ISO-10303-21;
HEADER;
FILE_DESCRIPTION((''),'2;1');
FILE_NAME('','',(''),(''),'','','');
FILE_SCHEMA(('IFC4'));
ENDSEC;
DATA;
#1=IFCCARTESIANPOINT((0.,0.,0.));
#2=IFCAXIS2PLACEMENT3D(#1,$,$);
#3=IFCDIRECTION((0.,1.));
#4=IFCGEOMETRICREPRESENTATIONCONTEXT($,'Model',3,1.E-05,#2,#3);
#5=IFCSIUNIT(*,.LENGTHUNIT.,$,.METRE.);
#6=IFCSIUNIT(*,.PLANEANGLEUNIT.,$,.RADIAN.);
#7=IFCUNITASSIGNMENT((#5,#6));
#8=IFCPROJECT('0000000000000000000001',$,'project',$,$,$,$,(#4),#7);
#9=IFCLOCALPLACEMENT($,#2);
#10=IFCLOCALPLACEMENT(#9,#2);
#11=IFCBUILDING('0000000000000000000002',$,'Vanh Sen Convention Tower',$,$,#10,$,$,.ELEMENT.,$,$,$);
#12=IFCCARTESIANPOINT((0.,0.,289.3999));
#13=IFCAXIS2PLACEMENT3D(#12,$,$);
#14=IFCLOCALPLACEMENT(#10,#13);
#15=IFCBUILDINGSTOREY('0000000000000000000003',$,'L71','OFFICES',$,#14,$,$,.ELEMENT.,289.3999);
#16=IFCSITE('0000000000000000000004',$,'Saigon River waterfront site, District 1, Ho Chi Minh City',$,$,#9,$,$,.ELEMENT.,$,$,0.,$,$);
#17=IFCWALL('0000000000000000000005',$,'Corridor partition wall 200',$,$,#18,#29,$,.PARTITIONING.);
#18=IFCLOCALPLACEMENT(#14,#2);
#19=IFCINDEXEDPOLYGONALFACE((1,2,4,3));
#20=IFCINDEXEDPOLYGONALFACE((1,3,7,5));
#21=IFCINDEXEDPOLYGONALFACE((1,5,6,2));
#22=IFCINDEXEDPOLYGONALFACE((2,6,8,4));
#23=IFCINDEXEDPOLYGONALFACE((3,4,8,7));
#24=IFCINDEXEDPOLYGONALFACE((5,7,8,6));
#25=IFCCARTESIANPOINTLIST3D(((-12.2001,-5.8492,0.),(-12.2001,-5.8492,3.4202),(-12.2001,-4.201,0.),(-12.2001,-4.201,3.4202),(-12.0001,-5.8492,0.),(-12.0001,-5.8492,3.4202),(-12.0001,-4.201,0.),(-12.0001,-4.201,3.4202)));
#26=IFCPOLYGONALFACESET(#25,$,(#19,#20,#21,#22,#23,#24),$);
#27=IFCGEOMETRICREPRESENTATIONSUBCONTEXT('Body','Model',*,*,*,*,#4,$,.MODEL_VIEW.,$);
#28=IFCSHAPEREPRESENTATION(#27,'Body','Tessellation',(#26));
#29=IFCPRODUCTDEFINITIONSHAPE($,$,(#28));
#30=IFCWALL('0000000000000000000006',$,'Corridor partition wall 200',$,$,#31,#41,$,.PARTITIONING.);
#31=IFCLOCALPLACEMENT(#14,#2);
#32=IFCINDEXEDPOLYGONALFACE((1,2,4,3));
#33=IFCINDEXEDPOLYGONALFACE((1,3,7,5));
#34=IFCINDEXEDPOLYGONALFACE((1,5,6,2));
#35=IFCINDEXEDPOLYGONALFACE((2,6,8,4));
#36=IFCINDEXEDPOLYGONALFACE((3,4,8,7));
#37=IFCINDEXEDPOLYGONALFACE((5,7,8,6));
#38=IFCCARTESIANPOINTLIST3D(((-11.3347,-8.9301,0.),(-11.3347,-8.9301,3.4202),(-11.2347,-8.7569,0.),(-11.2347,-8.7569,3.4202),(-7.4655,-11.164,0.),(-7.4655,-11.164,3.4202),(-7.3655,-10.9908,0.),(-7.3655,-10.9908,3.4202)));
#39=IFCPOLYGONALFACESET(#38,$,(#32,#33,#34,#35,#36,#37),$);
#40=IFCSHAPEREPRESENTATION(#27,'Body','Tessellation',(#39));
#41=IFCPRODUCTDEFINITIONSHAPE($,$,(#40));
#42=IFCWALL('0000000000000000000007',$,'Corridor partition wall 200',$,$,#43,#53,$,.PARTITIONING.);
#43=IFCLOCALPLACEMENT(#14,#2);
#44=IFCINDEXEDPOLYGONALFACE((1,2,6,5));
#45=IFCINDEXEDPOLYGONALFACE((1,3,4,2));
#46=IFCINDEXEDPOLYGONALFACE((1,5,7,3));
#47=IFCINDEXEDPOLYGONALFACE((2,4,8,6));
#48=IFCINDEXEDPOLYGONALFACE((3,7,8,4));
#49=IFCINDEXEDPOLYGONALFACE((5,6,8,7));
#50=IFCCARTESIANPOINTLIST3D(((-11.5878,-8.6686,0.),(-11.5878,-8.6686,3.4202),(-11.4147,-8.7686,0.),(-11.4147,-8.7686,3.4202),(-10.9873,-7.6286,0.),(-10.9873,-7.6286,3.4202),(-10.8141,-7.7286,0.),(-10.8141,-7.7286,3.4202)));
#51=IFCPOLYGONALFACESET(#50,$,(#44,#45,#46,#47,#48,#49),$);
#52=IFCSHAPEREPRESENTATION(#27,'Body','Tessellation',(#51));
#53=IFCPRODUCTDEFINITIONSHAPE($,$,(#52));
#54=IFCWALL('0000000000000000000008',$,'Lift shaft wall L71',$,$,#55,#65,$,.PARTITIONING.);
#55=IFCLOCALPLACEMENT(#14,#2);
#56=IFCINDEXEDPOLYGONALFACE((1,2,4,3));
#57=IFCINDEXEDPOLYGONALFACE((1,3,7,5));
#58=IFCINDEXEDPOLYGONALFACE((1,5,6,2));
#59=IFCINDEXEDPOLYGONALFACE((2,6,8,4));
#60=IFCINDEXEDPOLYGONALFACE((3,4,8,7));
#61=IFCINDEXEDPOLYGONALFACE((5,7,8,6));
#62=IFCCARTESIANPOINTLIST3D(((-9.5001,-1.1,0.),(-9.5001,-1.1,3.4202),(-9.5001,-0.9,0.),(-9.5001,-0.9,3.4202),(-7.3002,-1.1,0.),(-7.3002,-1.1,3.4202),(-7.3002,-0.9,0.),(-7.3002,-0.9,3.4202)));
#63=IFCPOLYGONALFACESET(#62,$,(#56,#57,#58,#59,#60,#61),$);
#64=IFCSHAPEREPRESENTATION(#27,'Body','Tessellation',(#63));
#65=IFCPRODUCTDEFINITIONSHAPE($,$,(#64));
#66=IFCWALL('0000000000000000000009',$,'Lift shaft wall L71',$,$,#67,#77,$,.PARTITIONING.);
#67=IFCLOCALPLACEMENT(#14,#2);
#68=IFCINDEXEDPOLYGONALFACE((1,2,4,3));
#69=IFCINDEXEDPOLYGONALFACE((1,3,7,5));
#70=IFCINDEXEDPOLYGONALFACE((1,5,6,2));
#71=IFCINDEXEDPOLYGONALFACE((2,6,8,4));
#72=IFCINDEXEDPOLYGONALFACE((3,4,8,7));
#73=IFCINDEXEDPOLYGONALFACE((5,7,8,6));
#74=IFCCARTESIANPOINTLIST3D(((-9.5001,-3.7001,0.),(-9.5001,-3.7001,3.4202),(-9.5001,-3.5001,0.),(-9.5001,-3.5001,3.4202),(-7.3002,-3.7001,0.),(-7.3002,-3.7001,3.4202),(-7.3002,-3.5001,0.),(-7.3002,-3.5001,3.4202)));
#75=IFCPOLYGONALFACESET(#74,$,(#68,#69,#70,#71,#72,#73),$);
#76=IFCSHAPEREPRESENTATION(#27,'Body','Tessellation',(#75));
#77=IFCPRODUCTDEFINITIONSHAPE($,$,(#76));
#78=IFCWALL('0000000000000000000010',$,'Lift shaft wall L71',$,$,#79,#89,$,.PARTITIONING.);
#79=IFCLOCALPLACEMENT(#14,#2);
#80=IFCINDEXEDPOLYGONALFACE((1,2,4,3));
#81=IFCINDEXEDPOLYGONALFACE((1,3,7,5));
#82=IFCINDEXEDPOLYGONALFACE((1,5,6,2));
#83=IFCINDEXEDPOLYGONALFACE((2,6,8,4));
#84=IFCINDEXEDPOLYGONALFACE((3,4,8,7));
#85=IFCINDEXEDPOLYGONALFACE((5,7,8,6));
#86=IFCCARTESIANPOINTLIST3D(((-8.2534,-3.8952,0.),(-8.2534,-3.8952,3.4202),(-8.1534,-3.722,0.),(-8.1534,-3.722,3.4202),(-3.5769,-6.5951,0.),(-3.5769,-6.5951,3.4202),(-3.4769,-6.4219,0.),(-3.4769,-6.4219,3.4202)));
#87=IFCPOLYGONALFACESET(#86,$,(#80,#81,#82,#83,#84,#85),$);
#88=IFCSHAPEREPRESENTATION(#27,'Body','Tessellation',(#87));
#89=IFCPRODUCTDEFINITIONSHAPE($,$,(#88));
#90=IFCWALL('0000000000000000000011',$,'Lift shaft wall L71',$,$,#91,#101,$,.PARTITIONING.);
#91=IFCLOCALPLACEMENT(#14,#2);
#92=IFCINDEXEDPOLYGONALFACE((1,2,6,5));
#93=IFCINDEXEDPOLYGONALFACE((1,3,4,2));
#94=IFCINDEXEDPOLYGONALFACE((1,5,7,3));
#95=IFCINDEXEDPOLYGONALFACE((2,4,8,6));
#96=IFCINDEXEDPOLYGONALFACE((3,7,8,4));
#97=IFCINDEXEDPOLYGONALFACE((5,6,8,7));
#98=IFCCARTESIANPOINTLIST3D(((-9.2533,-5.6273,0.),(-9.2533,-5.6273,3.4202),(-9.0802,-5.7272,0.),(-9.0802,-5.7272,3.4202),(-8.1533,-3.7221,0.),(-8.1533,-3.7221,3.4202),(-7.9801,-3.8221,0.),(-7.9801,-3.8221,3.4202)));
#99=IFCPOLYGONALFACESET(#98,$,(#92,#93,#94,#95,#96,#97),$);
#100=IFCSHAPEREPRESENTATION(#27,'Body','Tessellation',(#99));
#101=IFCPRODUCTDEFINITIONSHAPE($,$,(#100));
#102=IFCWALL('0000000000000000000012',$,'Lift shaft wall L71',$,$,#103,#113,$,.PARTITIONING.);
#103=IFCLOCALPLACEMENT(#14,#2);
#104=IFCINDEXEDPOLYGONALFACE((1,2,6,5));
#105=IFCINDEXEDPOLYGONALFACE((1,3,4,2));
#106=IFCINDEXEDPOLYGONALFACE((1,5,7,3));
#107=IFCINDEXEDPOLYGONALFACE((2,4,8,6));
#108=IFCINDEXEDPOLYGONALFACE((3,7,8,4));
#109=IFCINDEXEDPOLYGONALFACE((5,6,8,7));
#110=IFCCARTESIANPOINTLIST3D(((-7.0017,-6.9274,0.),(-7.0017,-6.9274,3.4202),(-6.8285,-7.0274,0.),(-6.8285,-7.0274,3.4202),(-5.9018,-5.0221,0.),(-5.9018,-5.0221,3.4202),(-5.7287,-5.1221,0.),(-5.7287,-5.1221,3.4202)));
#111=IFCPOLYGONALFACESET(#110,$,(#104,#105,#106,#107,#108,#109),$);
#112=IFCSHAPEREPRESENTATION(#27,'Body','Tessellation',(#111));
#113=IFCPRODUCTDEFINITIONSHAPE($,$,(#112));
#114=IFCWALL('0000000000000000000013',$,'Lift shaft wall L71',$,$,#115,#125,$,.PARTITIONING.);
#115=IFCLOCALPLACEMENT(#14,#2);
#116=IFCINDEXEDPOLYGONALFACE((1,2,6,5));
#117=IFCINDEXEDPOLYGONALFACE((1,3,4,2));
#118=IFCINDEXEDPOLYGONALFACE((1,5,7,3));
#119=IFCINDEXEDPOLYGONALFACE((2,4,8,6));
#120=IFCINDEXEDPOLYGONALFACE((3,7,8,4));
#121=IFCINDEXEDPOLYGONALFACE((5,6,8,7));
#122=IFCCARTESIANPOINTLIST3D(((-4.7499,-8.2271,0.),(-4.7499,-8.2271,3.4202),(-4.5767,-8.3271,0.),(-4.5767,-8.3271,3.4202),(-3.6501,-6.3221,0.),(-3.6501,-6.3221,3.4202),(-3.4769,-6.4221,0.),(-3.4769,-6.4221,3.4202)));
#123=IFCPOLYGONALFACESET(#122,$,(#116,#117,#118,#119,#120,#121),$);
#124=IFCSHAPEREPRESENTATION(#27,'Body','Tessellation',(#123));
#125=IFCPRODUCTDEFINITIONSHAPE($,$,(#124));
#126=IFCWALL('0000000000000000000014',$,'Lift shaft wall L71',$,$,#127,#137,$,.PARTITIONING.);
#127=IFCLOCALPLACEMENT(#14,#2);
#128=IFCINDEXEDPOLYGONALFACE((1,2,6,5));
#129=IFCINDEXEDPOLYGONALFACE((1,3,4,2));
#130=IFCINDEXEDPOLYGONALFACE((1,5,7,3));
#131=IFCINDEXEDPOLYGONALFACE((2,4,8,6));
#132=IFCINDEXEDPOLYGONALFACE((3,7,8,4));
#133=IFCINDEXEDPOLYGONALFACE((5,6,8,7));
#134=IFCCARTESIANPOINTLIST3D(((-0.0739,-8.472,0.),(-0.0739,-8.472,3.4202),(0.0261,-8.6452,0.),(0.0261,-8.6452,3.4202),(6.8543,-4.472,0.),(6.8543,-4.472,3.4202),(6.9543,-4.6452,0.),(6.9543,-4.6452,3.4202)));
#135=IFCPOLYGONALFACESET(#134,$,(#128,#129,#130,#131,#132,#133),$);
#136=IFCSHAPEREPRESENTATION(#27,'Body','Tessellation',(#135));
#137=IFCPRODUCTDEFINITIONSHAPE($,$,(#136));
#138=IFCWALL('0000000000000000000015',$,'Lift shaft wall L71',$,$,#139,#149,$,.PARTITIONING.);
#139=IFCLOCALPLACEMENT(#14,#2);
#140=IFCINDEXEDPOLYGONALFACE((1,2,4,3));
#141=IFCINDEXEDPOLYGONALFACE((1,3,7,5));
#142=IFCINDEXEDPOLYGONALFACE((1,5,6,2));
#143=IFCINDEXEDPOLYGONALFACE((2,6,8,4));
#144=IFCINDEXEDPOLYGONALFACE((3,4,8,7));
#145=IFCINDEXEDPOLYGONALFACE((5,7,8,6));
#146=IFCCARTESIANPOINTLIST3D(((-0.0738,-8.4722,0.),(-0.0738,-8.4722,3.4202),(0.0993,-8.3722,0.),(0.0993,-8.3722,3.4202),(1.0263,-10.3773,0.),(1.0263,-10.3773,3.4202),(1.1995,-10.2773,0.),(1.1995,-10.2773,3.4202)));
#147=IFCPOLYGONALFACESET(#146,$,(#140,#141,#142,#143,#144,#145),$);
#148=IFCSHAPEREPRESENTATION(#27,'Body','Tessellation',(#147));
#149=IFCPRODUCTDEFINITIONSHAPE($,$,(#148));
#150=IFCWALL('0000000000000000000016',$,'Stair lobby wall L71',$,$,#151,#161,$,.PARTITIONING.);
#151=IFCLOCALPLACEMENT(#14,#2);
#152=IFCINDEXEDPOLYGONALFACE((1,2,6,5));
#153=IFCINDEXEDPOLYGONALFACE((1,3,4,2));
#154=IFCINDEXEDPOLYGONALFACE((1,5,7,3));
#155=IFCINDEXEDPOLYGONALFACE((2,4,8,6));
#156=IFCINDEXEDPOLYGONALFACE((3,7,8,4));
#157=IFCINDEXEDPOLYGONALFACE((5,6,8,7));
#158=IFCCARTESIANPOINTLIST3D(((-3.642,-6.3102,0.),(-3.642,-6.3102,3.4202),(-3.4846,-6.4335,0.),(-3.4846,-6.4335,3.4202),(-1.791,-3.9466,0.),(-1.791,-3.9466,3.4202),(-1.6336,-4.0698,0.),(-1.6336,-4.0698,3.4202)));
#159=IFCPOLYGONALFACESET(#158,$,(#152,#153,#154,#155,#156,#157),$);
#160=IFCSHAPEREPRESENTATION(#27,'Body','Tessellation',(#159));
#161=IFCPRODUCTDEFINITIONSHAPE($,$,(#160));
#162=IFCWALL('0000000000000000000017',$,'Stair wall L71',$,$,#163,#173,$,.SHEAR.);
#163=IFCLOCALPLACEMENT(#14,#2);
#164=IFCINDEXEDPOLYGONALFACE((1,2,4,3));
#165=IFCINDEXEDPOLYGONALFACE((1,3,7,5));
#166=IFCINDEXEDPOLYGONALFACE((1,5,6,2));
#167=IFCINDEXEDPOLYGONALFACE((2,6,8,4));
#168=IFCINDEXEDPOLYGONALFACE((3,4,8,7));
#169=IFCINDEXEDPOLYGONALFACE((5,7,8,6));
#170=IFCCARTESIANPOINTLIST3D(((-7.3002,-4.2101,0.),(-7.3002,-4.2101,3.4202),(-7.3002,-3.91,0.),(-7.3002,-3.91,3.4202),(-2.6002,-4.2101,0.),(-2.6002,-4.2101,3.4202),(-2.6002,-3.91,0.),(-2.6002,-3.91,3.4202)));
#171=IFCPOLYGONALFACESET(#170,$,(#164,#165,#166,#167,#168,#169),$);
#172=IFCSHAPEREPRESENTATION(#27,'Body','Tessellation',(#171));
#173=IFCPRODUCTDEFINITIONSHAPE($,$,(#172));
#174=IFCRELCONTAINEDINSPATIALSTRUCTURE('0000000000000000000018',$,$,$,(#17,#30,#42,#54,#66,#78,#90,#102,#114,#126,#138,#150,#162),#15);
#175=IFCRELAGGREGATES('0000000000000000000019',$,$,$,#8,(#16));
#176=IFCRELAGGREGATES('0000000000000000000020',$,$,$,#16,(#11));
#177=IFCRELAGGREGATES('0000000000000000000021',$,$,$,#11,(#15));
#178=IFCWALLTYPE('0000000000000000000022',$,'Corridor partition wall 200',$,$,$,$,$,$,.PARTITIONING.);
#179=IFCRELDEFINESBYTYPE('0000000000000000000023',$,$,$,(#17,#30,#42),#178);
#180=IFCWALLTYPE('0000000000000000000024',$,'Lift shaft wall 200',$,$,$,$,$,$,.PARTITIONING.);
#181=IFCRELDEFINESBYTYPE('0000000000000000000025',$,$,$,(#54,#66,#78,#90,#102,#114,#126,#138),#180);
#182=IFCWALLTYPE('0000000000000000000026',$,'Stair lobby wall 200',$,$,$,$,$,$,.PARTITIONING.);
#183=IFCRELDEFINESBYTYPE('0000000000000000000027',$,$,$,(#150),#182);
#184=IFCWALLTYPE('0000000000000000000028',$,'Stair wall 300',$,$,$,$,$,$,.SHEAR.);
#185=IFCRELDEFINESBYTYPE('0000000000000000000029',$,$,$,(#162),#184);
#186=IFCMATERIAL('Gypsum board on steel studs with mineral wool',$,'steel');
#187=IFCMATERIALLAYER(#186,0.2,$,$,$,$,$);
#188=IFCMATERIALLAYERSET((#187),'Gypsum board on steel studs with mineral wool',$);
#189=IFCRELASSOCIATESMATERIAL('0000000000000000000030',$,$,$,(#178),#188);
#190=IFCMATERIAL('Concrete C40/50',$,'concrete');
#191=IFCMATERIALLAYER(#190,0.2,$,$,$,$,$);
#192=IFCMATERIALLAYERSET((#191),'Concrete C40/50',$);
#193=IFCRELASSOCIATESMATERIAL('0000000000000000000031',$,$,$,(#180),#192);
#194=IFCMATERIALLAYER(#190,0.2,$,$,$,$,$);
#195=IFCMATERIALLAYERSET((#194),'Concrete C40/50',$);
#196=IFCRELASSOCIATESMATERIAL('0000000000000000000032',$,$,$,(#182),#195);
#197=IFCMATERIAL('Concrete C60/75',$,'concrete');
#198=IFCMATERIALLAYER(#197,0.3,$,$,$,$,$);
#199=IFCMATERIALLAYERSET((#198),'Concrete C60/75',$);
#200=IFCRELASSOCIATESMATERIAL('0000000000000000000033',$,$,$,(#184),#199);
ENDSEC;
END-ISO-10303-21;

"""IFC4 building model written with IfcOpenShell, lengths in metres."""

from ifc_helpers import new_model, si_unit, direction, frame, frame_2d, origin, place, context, subcontext, project, spatial, rectangle, extrude, material, layer, layer_set, type_object, element, save


model = new_model("IFC4")

# Units and contexts
model_context = context("Model", 3, precision=1e-05, world=origin(), true_north=direction((0.0, 1.0)))
body_context = subcontext(model_context, "Body", "Model", "MODEL_VIEW")
ifc_project = project(units=[si_unit("LENGTHUNIT", "METRE"), si_unit("PLANEANGLEUNIT", "RADIAN")], contexts=[model_context])

# Site, building, storey
site_placement = place(None, origin())
site = spatial("IfcSite", under=ifc_project, at=site_placement, Name="Saigon River waterfront site, District 1, Ho Chi Minh City", CompositionType="ELEMENT", RefElevation=0.0)
building_placement = place(site_placement, origin())
building = spatial("IfcBuilding", under=site, at=building_placement, Name="Vanh Sen Convention Tower", CompositionType="ELEMENT")
storey_placement = place(building_placement, frame((0.0, 0.0, 289.3999)))
storey = spatial("IfcBuildingStorey", under=building, at=storey_placement, Name="L71", Description="OFFICES", CompositionType="ELEMENT", Elevation=289.3999)

# Shared definitions
ifc_material_1 = material(Name="Concrete C40/50", Category="concrete")

# Shared definitions
ifc_material_2 = material(Name="Concrete C60/75", Category="concrete")

# Walls
ifc_material_3 = material(Name="Gypsum board on steel studs with mineral wool", Category="steel")
ifc_layer_1 = layer(ifc_material_3, 0.2)
ifc_layer_set_1 = layer_set([ifc_layer_1], Name="Gypsum board on steel studs with mineral wool")
wall_type_1 = type_object("IfcWallType", Name="Corridor partition wall 200", PredefinedType="PARTITIONING", material=ifc_layer_set_1)
wall_1_placement = place(storey_placement, frame((-12.1001, -4.2009, 0.0), z_axis=(0.0, 0.0, 1.0), x_axis=(0.0, -1.0, 0.0)))
element("IfcWall", 1, at=wall_1_placement, inside=storey, type_object=wall_type_1, Name="Corridor partition wall 200", PredefinedType="PARTITIONING", context=body_context, shape_type="SweptSolid", body=[
    extrude(rectangle(XDim=1.6482, YDim=0.2, at=frame_2d((0.8242, 0.0))), origin(), (0.0, 0.0, 1.0), 3.4202),
])
wall_2_placement = place(storey_placement, frame((-11.2847, -8.8435, 0.0), z_axis=(0.0, 0.0, 1.0), x_axis=(0.866022, -0.500006, 0.0)))
element("IfcWall", 2, at=wall_2_placement, inside=storey, type_object=wall_type_1, Name="Corridor partition wall 200", PredefinedType="PARTITIONING", context=body_context, shape_type="SweptSolid", body=[
    extrude(rectangle(XDim=4.4678, YDim=0.2, at=frame_2d((2.2339, 0.0))), origin(), (0.0, 0.0, 1.0), 3.4202),
])
wall_3_placement = place(storey_placement, frame((-10.9006, -7.6785, 0.0), z_axis=(0.0, 0.0, 1.0), x_axis=(-0.500074, -0.865982, 0.0)))
element("IfcWall", 3, at=wall_3_placement, inside=storey, type_object=wall_type_1, Name="Corridor partition wall 200", PredefinedType="PARTITIONING", context=body_context, shape_type="SweptSolid", body=[
    extrude(rectangle(XDim=1.2009, YDim=0.2, at=frame_2d((0.6006, 0.0))), origin(), (0.0, 0.0, 1.0), 3.4202),
])
ifc_layer_2 = layer(ifc_material_1, 0.2)
ifc_layer_set_2 = layer_set([ifc_layer_2], Name="Concrete C40/50")
wall_type_2 = type_object("IfcWallType", Name="Lift shaft wall 200", PredefinedType="PARTITIONING", material=ifc_layer_set_2)
for number, where, z_axis, x_axis, name in (
    (4, (-7.3, -1.0, 0.0), (0.0, 0.0, 1.0), (-1.0, 0.0, 0.0), "Lift shaft wall L71"),
    (5, (-7.3, -3.6001, 0.0), (0.0, 0.0, 1.0), (-1.0, 0.0, 0.0), "Lift shaft wall L71"),
):
    element("IfcWall", number, at=place(storey_placement, frame(where, z_axis=z_axis, x_axis=x_axis)), inside=storey, type_object=wall_type_2, Name=name, PredefinedType="PARTITIONING", context=body_context, shape_type="SweptSolid", body=[
        extrude(rectangle(XDim=2.2, YDim=0.2, at=frame_2d((1.1001, 0.0))), origin(), (0.0, 0.0, 1.0), 3.4202),
    ])
wall_4_placement = place(storey_placement, frame((-8.2034, -3.8086, 0.0), z_axis=(0.0, 0.0, 1.0), x_axis=(0.866028, -0.499995, 0.0)))
element("IfcWall", 6, at=wall_4_placement, inside=storey, type_object=wall_type_2, Name="Lift shaft wall L71", PredefinedType="PARTITIONING", context=body_context, shape_type="SweptSolid", body=[
    extrude(rectangle(XDim=5.3999, YDim=0.2, at=frame_2d((2.7, 0.0))), origin(), (0.0, 0.0, 1.0), 3.4202),
])
for number, where, z_axis, x_axis, name in (
    (7, (-8.0667, -3.772, 0.0), (0.0, 0.0, 1.0), (-0.50003, -0.866008, 0.0), "Lift shaft wall L71"),
    (8, (-5.8152, -5.072, 0.0), (0.0, 0.0, 1.0), (-0.499947, -0.866056, 0.0), "Lift shaft wall L71"),
):
    element("IfcWall", number, at=place(storey_placement, frame(where, z_axis=z_axis, x_axis=x_axis)), inside=storey, type_object=wall_type_2, Name=name, PredefinedType="PARTITIONING", context=body_context, shape_type="SweptSolid", body=[
        extrude(rectangle(XDim=2.2, YDim=0.2, at=frame_2d((1.1001, 0.0))), origin(), (0.0, 0.0, 1.0), 3.4202),
    ])
wall_5_placement = place(storey_placement, frame((-3.5635, -6.3721, 0.0), z_axis=(0.0, 0.0, 1.0), x_axis=(-0.499995, -0.866028, 0.0)))
element("IfcWall", 9, at=wall_5_placement, inside=storey, type_object=wall_type_2, Name="Lift shaft wall L71", PredefinedType="PARTITIONING", context=body_context, shape_type="SweptSolid", body=[
    extrude(rectangle(XDim=2.1997, YDim=0.2, at=frame_2d((1.0999, 0.0))), origin(), (0.0, 0.0, 1.0), 3.4202),
])
wall_6_placement = place(storey_placement, frame((-0.0239, -8.5586, 0.0), z_axis=(0.0, 0.0, 1.0), x_axis=(0.866026, 0.499999, 0.0)))
element("IfcWall", 10, at=wall_6_placement, inside=storey, type_object=wall_type_2, Name="Lift shaft wall L71", PredefinedType="PARTITIONING", context=body_context, shape_type="SweptSolid", body=[
    extrude(rectangle(XDim=8.0, YDim=0.2, at=frame_2d((4.0, 0.0))), origin(), (0.0, 0.0, 1.0), 3.4202),
])
wall_7_placement = place(storey_placement, frame((0.0127, -8.4221, 0.0), z_axis=(0.0, 0.0, 1.0), x_axis=(0.500078, -0.86598, 0.0)))
element("IfcWall", 11, at=wall_7_placement, inside=storey, type_object=wall_type_2, Name="Lift shaft wall L71", PredefinedType="PARTITIONING", context=body_context, shape_type="SweptSolid", body=[
    extrude(rectangle(XDim=2.2, YDim=0.2, at=frame_2d((1.1001, 0.0))), origin(), (0.0, 0.0, 1.0), 3.4202),
])
ifc_layer_3 = layer(ifc_material_1, 0.2)
ifc_layer_set_3 = layer_set([ifc_layer_3], Name="Concrete C40/50")
wall_type_3 = type_object("IfcWallType", Name="Stair lobby wall 200", PredefinedType="PARTITIONING", material=ifc_layer_set_3)
wall_8_placement = place(storey_placement, frame((-1.7124, -4.0083, 0.0), z_axis=(0.0, 0.0, 1.0), x_axis=(-0.616549, -0.787316, 0.0)))
element("IfcWall", 12, at=wall_8_placement, inside=storey, type_object=wall_type_3, Name="Stair lobby wall L71", PredefinedType="PARTITIONING", context=body_context, shape_type="SweptSolid", body=[
    extrude(rectangle(XDim=3.0022, YDim=0.2, at=frame_2d((1.501, 0.0))), origin(), (0.0, 0.0, 1.0), 3.4202),
])
ifc_layer_4 = layer(ifc_material_2, 0.3)
ifc_layer_set_4 = layer_set([ifc_layer_4], Name="Concrete C60/75")
wall_type_4 = type_object("IfcWallType", Name="Stair wall 300", PredefinedType="SHEAR", material=ifc_layer_set_4)
wall_9_placement = place(storey_placement, frame((-2.6001, -4.0601, 0.0), z_axis=(0.0, 0.0, 1.0), x_axis=(-1.0, 0.0, 0.0)))
element("IfcWall", 13, at=wall_9_placement, inside=storey, type_object=wall_type_4, Name="Stair wall L71", PredefinedType="SHEAR", context=body_context, shape_type="SweptSolid", body=[
    extrude(rectangle(XDim=4.7, YDim=0.3, at=frame_2d((2.3501, 0.0))), origin(), (0.0, 0.0, 1.0), 3.4202),
])

save(model, "model.ifc")
